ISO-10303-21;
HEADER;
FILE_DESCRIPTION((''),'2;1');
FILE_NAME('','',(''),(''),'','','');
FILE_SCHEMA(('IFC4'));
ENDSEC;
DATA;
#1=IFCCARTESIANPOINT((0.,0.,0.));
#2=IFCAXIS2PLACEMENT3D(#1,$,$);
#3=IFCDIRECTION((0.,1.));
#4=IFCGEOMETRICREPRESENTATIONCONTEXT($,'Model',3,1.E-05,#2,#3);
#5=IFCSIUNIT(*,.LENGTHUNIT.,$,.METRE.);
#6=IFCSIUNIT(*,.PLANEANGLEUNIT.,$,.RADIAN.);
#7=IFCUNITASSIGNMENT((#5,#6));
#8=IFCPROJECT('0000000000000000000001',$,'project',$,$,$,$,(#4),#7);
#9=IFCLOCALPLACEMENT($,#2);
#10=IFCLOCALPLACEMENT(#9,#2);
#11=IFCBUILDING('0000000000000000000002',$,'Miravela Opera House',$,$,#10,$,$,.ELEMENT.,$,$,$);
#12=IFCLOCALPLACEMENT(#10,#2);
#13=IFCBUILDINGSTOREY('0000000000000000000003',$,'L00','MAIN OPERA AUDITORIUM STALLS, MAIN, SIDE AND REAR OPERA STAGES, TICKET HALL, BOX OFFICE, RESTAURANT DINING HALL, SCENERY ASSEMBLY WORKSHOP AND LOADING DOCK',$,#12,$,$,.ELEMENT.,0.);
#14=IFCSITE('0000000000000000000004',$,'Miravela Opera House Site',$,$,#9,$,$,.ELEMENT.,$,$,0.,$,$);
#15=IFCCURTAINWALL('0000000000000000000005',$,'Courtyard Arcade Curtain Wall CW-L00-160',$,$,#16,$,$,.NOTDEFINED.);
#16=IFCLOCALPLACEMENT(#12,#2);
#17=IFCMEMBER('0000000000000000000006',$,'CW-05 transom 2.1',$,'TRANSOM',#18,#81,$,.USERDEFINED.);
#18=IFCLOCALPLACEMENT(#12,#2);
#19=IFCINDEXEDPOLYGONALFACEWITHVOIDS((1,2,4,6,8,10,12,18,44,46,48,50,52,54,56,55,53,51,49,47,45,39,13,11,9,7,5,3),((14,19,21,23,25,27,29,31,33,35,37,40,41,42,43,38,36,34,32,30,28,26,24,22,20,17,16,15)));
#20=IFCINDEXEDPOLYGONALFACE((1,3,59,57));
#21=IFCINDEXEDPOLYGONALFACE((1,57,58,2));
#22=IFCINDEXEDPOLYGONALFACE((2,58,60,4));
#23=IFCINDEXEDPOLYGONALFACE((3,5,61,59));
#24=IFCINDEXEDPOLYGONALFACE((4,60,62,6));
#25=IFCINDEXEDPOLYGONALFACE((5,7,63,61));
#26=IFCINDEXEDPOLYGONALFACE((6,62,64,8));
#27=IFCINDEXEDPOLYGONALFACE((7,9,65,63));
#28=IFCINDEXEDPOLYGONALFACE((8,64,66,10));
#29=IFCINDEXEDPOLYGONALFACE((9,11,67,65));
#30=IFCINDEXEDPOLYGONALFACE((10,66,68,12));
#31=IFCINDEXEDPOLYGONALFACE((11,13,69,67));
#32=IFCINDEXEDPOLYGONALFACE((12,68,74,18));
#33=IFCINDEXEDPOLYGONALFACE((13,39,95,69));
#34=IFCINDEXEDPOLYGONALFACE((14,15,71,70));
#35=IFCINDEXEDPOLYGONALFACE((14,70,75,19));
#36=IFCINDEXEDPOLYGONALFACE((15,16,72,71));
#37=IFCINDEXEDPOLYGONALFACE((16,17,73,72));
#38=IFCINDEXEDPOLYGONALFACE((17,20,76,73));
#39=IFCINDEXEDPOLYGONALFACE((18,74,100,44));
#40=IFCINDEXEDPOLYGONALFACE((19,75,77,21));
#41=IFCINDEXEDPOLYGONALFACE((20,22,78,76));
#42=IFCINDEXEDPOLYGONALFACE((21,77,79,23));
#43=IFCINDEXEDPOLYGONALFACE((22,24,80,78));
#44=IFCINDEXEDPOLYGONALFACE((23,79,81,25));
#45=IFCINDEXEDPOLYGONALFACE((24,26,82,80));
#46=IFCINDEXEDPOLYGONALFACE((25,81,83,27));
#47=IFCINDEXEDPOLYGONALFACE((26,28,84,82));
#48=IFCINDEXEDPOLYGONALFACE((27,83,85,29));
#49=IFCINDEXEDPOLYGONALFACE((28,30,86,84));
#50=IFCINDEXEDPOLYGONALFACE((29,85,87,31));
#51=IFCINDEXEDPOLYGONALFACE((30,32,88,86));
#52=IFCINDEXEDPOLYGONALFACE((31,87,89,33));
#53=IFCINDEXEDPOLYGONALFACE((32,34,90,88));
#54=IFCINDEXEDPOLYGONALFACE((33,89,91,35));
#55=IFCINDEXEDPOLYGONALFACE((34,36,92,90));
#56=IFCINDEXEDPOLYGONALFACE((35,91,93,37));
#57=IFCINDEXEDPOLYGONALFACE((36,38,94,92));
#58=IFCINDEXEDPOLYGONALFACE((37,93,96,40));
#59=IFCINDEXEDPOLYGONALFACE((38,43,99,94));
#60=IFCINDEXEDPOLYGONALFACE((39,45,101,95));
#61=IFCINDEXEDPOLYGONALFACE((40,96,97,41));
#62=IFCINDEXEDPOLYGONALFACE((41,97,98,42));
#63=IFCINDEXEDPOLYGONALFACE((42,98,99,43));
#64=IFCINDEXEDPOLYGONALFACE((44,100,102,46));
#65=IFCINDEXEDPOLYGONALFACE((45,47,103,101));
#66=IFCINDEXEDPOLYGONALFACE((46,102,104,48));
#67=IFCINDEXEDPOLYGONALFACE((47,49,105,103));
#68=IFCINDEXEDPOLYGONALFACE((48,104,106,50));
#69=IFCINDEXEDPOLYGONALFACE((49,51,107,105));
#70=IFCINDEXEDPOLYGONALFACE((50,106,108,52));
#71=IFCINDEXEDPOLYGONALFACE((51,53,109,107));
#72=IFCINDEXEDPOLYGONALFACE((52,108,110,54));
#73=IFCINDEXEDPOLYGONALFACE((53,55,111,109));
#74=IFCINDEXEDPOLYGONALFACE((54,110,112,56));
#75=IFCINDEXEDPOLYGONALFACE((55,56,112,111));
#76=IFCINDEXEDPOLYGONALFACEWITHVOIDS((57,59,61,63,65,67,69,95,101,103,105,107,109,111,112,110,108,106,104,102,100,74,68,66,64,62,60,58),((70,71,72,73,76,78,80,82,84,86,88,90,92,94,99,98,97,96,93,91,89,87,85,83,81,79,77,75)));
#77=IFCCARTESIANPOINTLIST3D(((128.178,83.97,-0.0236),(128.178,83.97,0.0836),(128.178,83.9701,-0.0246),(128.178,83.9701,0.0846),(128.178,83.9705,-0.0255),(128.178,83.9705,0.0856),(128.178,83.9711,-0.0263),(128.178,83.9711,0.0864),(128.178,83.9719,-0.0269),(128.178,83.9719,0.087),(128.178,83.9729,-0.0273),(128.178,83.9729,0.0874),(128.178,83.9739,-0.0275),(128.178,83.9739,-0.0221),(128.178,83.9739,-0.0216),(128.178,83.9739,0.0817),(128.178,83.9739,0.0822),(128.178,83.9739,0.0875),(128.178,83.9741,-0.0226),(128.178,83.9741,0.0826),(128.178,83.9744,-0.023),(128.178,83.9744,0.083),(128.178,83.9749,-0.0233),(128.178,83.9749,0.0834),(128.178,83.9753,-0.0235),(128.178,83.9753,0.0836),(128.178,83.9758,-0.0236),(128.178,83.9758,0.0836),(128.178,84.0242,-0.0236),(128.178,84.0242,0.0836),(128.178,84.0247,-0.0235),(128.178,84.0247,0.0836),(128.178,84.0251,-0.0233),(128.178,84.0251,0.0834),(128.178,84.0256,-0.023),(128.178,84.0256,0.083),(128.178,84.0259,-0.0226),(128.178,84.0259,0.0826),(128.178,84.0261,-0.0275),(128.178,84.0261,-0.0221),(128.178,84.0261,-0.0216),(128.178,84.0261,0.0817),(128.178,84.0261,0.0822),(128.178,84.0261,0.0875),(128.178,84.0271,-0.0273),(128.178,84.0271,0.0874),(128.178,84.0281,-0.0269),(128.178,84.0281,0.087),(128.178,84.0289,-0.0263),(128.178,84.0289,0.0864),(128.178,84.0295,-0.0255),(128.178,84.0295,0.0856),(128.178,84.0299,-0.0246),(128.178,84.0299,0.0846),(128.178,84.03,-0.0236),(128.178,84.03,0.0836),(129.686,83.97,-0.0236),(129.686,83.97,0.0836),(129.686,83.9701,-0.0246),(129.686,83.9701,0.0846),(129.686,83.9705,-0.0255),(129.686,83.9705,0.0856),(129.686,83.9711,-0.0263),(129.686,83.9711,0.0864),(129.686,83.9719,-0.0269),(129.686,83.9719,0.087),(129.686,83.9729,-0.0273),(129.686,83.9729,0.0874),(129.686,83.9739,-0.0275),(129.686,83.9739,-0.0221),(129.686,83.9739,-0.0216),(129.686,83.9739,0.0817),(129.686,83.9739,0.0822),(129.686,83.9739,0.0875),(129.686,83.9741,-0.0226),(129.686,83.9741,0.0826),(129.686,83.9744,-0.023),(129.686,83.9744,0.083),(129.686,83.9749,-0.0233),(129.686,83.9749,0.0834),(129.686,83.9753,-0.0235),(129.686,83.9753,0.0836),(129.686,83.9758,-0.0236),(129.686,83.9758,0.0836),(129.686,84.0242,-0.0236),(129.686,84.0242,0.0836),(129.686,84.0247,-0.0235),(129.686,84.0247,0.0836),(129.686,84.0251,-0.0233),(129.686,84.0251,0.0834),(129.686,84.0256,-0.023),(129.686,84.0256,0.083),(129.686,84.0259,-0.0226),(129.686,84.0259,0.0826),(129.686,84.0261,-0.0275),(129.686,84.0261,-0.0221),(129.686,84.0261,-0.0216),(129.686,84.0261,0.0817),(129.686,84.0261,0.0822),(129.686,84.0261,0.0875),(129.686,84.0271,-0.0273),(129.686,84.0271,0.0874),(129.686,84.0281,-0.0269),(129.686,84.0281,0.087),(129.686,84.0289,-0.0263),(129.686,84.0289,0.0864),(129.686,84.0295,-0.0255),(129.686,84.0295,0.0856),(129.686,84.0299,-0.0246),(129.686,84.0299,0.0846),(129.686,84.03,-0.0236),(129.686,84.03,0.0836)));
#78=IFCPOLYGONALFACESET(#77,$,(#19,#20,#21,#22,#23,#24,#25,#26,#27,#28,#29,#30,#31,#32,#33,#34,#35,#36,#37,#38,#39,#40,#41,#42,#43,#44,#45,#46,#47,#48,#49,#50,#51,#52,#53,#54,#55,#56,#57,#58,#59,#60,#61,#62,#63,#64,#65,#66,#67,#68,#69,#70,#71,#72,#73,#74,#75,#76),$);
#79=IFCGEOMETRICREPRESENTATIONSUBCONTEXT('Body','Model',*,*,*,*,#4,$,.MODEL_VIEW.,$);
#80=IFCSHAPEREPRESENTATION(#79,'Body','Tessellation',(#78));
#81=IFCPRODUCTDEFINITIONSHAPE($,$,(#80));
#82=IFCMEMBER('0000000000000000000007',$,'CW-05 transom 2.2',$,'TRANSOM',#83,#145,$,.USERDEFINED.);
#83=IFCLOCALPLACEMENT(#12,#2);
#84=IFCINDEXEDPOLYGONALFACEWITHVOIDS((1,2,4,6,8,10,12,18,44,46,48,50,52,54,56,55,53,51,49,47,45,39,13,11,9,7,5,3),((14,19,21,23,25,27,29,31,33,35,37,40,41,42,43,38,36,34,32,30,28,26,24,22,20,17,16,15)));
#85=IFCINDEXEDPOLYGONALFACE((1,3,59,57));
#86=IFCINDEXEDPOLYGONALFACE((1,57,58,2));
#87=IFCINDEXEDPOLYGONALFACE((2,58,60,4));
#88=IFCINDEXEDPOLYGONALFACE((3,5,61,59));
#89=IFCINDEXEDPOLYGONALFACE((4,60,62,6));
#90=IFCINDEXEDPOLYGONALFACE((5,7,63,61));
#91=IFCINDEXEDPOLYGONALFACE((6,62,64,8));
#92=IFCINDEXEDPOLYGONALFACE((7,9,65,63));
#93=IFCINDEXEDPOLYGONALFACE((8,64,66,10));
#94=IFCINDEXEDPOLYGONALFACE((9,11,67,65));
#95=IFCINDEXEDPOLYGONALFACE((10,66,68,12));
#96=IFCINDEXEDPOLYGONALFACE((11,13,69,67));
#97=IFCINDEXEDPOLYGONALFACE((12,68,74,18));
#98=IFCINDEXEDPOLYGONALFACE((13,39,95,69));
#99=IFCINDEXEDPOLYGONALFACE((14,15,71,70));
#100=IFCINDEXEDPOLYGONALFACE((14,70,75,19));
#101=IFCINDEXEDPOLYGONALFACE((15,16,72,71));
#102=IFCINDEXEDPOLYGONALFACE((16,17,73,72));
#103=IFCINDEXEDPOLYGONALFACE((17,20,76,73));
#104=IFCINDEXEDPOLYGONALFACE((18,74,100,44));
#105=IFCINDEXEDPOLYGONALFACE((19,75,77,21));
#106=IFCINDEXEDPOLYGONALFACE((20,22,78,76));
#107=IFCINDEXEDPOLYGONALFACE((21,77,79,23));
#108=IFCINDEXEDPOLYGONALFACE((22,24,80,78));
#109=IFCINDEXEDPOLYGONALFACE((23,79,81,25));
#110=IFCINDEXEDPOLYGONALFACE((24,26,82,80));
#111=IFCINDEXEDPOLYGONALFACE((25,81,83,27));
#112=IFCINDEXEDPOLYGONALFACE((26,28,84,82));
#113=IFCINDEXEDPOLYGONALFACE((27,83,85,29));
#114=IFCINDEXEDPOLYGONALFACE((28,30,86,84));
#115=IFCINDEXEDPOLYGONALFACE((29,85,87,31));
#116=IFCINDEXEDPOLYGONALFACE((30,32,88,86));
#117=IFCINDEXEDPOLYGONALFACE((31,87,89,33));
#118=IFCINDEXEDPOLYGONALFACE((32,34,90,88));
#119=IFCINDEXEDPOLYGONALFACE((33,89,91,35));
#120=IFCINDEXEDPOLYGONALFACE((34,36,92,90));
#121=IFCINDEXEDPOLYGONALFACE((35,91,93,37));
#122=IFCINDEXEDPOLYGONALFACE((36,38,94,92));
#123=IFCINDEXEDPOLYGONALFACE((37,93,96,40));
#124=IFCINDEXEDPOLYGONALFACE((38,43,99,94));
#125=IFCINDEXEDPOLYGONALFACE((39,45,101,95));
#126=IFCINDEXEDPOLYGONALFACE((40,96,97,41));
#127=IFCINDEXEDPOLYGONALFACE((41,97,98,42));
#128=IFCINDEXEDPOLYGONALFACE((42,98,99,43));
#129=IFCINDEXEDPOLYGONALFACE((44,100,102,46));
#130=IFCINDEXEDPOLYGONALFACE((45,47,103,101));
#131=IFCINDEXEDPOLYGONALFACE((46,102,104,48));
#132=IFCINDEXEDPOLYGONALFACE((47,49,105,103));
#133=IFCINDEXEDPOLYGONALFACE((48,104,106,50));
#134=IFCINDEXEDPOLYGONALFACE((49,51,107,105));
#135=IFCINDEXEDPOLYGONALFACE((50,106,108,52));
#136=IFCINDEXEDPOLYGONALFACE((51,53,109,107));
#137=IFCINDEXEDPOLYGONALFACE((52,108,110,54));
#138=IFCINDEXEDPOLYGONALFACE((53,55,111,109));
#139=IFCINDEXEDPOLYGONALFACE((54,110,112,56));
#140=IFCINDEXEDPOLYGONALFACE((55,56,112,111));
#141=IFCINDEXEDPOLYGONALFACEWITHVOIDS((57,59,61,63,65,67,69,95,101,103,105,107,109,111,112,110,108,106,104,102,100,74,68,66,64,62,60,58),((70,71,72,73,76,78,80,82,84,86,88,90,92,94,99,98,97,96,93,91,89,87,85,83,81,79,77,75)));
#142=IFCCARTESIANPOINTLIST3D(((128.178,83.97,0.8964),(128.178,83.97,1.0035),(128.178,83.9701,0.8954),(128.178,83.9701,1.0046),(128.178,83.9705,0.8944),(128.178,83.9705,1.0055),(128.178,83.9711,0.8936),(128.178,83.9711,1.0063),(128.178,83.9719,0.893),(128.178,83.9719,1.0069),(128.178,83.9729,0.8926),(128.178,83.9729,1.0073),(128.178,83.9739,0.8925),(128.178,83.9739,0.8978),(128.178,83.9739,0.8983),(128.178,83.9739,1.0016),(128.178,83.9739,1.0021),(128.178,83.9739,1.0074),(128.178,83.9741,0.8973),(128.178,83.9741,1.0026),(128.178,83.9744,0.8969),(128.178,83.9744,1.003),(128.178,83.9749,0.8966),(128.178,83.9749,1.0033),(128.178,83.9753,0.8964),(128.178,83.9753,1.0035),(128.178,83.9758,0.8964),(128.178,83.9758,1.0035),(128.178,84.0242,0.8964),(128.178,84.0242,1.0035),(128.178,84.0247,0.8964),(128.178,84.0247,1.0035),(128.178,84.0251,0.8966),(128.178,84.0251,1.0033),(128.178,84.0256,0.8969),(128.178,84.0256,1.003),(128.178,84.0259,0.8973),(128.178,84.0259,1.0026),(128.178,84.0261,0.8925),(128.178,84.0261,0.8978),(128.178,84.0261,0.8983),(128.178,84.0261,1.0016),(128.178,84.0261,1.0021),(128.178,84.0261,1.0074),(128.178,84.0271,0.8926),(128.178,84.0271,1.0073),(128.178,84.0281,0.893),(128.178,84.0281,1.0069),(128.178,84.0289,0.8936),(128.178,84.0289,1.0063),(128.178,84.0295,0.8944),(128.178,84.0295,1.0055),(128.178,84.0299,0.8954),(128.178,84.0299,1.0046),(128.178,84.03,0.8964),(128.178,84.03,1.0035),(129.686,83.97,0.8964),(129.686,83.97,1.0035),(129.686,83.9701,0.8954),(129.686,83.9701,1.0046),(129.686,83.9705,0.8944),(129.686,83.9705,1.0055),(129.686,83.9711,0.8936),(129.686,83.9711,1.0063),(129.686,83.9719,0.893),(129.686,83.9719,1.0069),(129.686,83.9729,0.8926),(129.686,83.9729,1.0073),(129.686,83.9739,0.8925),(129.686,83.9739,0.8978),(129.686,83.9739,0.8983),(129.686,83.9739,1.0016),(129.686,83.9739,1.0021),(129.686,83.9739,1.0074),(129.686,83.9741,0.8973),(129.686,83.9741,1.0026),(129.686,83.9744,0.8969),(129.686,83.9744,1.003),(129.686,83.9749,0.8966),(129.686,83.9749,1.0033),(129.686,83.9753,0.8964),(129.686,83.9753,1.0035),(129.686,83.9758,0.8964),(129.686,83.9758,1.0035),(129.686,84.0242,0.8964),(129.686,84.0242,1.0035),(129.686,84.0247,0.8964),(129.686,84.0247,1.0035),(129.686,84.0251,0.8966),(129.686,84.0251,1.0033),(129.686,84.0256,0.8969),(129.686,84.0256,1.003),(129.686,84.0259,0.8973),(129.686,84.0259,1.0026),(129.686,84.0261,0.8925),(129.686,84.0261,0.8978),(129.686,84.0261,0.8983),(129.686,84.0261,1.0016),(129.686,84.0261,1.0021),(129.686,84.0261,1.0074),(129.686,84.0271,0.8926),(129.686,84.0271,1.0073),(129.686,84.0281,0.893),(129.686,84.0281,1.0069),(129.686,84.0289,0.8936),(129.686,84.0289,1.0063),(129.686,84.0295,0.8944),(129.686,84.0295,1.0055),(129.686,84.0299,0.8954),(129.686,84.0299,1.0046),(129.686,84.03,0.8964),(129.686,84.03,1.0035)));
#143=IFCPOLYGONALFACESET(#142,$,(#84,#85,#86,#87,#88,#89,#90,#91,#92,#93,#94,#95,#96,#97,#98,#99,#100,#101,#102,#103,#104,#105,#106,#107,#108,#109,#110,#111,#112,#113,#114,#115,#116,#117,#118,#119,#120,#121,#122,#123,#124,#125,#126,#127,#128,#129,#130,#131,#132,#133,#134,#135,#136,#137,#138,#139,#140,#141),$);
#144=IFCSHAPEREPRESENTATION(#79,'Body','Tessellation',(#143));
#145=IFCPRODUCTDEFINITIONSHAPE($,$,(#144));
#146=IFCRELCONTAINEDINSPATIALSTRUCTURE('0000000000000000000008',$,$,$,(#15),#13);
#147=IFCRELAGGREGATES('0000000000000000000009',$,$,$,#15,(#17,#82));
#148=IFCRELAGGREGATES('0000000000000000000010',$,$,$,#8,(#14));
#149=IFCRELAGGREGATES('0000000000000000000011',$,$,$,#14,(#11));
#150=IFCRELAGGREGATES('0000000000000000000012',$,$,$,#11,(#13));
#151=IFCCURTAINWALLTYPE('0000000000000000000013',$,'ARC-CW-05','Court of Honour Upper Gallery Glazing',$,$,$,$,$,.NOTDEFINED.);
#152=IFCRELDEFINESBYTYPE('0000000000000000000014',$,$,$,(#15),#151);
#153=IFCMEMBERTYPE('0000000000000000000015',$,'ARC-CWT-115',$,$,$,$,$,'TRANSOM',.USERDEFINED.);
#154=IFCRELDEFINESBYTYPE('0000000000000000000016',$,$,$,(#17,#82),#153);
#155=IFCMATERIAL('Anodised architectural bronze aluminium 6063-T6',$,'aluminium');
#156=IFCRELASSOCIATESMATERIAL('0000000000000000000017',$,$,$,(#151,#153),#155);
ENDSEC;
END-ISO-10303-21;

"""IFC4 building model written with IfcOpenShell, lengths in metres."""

from ifc_helpers import new_model, si_unit, direction, frame, origin, origin_2d, place, context, subcontext, project, spatial, hollow_rectangle, extrude, material, material_profile, profile_set, type_object, element, aggregate, save


model = new_model("IFC4")

# Units and contexts
model_context = context("Model", 3, precision=1e-05, world=origin(), true_north=direction((0.0, 1.0)))
body_context = subcontext(model_context, "Body", "Model", "MODEL_VIEW")
ifc_project = project(units=[si_unit("LENGTHUNIT", "METRE"), si_unit("PLANEANGLEUNIT", "RADIAN")], contexts=[model_context])

# Site, building, storey
site_placement = place(None, origin())
site = spatial("IfcSite", under=ifc_project, at=site_placement, Name="Miravela Opera House Site", CompositionType="ELEMENT", RefElevation=0.0)
building_placement = place(site_placement, origin())
building = spatial("IfcBuilding", under=site, at=building_placement, Name="Miravela Opera House", CompositionType="ELEMENT")
storey_placement = place(building_placement, origin())
storey = spatial("IfcBuildingStorey", under=building, at=storey_placement, Name="L00", Description="MAIN OPERA AUDITORIUM STALLS, MAIN, SIDE AND REAR OPERA STAGES, TICKET HALL, BOX OFFICE, RESTAURANT DINING HALL, SCENERY ASSEMBLY WORKSHOP AND LOADING DOCK", CompositionType="ELEMENT", Elevation=0.0)

# Shared definitions
ifc_material_1 = material(Name="Anodised architectural bronze aluminium 6063-T6", Category="aluminium")
curtain_wall_type = type_object("IfcCurtainWallType", Name="ARC-CW-05", Description="Court of Honour Upper Gallery Glazing", PredefinedType="NOTDEFINED", material=ifc_material_1)

# Curtain wall, members
curtain_wall_1_placement = place(storey_placement, origin())
curtain_wall_1 = element("IfcCurtainWall", 1, at=curtain_wall_1_placement, inside=storey, type_object=curtain_wall_type, Name="Courtyard Arcade Curtain Wall CW-L00-160", PredefinedType="NOTDEFINED")
ifc_material_profile_1 = material_profile(ifc_material_1, hollow_rectangle(XDim=0.0601, YDim=0.115, WallThickness=0.0039, InnerFilletRadius=0.002, OuterFilletRadius=0.0039, at=origin_2d()), Name="CWT-60X115")
ifc_profile_set_1 = profile_set([ifc_material_profile_1])
member_type_1 = type_object("IfcMemberType", Name="ARC-CWT-115", ElementType="TRANSOM", PredefinedType="USERDEFINED", material=ifc_profile_set_1)
member_1_placement = place(storey_placement, frame((128.178, 84.0, 0.03), z_axis=(1.0, 0.0, 0.0), x_axis=(0.0, 1.0, 0.0)))
member_1 = element("IfcMember", 2, at=member_1_placement, type_object=member_type_1, Name="CW-05 transom 2.1", ObjectType="TRANSOM", PredefinedType="USERDEFINED", context=body_context, shape_type="SweptSolid", body=[
    extrude(hollow_rectangle(XDim=0.0601, YDim=0.115, WallThickness=0.0039, InnerFilletRadius=0.002, OuterFilletRadius=0.0039, at=origin_2d()), origin(), (0.0, 0.0, 1.0), 1.5081),
])
member_2_placement = place(storey_placement, frame((128.178, 84.0, 0.95), z_axis=(1.0, 0.0, 0.0), x_axis=(0.0, 1.0, 0.0)))
member_2 = element("IfcMember", 3, at=member_2_placement, type_object=member_type_1, Name="CW-05 transom 2.2", ObjectType="TRANSOM", PredefinedType="USERDEFINED", context=body_context, shape_type="SweptSolid", body=[
    extrude(hollow_rectangle(XDim=0.0601, YDim=0.115, WallThickness=0.0039, InnerFilletRadius=0.002, OuterFilletRadius=0.0039, at=origin_2d()), origin(), (0.0, 0.0, 1.0), 1.5081),
])

aggregate(curtain_wall_1, [member_1, member_2])

save(model, "model.ifc")
